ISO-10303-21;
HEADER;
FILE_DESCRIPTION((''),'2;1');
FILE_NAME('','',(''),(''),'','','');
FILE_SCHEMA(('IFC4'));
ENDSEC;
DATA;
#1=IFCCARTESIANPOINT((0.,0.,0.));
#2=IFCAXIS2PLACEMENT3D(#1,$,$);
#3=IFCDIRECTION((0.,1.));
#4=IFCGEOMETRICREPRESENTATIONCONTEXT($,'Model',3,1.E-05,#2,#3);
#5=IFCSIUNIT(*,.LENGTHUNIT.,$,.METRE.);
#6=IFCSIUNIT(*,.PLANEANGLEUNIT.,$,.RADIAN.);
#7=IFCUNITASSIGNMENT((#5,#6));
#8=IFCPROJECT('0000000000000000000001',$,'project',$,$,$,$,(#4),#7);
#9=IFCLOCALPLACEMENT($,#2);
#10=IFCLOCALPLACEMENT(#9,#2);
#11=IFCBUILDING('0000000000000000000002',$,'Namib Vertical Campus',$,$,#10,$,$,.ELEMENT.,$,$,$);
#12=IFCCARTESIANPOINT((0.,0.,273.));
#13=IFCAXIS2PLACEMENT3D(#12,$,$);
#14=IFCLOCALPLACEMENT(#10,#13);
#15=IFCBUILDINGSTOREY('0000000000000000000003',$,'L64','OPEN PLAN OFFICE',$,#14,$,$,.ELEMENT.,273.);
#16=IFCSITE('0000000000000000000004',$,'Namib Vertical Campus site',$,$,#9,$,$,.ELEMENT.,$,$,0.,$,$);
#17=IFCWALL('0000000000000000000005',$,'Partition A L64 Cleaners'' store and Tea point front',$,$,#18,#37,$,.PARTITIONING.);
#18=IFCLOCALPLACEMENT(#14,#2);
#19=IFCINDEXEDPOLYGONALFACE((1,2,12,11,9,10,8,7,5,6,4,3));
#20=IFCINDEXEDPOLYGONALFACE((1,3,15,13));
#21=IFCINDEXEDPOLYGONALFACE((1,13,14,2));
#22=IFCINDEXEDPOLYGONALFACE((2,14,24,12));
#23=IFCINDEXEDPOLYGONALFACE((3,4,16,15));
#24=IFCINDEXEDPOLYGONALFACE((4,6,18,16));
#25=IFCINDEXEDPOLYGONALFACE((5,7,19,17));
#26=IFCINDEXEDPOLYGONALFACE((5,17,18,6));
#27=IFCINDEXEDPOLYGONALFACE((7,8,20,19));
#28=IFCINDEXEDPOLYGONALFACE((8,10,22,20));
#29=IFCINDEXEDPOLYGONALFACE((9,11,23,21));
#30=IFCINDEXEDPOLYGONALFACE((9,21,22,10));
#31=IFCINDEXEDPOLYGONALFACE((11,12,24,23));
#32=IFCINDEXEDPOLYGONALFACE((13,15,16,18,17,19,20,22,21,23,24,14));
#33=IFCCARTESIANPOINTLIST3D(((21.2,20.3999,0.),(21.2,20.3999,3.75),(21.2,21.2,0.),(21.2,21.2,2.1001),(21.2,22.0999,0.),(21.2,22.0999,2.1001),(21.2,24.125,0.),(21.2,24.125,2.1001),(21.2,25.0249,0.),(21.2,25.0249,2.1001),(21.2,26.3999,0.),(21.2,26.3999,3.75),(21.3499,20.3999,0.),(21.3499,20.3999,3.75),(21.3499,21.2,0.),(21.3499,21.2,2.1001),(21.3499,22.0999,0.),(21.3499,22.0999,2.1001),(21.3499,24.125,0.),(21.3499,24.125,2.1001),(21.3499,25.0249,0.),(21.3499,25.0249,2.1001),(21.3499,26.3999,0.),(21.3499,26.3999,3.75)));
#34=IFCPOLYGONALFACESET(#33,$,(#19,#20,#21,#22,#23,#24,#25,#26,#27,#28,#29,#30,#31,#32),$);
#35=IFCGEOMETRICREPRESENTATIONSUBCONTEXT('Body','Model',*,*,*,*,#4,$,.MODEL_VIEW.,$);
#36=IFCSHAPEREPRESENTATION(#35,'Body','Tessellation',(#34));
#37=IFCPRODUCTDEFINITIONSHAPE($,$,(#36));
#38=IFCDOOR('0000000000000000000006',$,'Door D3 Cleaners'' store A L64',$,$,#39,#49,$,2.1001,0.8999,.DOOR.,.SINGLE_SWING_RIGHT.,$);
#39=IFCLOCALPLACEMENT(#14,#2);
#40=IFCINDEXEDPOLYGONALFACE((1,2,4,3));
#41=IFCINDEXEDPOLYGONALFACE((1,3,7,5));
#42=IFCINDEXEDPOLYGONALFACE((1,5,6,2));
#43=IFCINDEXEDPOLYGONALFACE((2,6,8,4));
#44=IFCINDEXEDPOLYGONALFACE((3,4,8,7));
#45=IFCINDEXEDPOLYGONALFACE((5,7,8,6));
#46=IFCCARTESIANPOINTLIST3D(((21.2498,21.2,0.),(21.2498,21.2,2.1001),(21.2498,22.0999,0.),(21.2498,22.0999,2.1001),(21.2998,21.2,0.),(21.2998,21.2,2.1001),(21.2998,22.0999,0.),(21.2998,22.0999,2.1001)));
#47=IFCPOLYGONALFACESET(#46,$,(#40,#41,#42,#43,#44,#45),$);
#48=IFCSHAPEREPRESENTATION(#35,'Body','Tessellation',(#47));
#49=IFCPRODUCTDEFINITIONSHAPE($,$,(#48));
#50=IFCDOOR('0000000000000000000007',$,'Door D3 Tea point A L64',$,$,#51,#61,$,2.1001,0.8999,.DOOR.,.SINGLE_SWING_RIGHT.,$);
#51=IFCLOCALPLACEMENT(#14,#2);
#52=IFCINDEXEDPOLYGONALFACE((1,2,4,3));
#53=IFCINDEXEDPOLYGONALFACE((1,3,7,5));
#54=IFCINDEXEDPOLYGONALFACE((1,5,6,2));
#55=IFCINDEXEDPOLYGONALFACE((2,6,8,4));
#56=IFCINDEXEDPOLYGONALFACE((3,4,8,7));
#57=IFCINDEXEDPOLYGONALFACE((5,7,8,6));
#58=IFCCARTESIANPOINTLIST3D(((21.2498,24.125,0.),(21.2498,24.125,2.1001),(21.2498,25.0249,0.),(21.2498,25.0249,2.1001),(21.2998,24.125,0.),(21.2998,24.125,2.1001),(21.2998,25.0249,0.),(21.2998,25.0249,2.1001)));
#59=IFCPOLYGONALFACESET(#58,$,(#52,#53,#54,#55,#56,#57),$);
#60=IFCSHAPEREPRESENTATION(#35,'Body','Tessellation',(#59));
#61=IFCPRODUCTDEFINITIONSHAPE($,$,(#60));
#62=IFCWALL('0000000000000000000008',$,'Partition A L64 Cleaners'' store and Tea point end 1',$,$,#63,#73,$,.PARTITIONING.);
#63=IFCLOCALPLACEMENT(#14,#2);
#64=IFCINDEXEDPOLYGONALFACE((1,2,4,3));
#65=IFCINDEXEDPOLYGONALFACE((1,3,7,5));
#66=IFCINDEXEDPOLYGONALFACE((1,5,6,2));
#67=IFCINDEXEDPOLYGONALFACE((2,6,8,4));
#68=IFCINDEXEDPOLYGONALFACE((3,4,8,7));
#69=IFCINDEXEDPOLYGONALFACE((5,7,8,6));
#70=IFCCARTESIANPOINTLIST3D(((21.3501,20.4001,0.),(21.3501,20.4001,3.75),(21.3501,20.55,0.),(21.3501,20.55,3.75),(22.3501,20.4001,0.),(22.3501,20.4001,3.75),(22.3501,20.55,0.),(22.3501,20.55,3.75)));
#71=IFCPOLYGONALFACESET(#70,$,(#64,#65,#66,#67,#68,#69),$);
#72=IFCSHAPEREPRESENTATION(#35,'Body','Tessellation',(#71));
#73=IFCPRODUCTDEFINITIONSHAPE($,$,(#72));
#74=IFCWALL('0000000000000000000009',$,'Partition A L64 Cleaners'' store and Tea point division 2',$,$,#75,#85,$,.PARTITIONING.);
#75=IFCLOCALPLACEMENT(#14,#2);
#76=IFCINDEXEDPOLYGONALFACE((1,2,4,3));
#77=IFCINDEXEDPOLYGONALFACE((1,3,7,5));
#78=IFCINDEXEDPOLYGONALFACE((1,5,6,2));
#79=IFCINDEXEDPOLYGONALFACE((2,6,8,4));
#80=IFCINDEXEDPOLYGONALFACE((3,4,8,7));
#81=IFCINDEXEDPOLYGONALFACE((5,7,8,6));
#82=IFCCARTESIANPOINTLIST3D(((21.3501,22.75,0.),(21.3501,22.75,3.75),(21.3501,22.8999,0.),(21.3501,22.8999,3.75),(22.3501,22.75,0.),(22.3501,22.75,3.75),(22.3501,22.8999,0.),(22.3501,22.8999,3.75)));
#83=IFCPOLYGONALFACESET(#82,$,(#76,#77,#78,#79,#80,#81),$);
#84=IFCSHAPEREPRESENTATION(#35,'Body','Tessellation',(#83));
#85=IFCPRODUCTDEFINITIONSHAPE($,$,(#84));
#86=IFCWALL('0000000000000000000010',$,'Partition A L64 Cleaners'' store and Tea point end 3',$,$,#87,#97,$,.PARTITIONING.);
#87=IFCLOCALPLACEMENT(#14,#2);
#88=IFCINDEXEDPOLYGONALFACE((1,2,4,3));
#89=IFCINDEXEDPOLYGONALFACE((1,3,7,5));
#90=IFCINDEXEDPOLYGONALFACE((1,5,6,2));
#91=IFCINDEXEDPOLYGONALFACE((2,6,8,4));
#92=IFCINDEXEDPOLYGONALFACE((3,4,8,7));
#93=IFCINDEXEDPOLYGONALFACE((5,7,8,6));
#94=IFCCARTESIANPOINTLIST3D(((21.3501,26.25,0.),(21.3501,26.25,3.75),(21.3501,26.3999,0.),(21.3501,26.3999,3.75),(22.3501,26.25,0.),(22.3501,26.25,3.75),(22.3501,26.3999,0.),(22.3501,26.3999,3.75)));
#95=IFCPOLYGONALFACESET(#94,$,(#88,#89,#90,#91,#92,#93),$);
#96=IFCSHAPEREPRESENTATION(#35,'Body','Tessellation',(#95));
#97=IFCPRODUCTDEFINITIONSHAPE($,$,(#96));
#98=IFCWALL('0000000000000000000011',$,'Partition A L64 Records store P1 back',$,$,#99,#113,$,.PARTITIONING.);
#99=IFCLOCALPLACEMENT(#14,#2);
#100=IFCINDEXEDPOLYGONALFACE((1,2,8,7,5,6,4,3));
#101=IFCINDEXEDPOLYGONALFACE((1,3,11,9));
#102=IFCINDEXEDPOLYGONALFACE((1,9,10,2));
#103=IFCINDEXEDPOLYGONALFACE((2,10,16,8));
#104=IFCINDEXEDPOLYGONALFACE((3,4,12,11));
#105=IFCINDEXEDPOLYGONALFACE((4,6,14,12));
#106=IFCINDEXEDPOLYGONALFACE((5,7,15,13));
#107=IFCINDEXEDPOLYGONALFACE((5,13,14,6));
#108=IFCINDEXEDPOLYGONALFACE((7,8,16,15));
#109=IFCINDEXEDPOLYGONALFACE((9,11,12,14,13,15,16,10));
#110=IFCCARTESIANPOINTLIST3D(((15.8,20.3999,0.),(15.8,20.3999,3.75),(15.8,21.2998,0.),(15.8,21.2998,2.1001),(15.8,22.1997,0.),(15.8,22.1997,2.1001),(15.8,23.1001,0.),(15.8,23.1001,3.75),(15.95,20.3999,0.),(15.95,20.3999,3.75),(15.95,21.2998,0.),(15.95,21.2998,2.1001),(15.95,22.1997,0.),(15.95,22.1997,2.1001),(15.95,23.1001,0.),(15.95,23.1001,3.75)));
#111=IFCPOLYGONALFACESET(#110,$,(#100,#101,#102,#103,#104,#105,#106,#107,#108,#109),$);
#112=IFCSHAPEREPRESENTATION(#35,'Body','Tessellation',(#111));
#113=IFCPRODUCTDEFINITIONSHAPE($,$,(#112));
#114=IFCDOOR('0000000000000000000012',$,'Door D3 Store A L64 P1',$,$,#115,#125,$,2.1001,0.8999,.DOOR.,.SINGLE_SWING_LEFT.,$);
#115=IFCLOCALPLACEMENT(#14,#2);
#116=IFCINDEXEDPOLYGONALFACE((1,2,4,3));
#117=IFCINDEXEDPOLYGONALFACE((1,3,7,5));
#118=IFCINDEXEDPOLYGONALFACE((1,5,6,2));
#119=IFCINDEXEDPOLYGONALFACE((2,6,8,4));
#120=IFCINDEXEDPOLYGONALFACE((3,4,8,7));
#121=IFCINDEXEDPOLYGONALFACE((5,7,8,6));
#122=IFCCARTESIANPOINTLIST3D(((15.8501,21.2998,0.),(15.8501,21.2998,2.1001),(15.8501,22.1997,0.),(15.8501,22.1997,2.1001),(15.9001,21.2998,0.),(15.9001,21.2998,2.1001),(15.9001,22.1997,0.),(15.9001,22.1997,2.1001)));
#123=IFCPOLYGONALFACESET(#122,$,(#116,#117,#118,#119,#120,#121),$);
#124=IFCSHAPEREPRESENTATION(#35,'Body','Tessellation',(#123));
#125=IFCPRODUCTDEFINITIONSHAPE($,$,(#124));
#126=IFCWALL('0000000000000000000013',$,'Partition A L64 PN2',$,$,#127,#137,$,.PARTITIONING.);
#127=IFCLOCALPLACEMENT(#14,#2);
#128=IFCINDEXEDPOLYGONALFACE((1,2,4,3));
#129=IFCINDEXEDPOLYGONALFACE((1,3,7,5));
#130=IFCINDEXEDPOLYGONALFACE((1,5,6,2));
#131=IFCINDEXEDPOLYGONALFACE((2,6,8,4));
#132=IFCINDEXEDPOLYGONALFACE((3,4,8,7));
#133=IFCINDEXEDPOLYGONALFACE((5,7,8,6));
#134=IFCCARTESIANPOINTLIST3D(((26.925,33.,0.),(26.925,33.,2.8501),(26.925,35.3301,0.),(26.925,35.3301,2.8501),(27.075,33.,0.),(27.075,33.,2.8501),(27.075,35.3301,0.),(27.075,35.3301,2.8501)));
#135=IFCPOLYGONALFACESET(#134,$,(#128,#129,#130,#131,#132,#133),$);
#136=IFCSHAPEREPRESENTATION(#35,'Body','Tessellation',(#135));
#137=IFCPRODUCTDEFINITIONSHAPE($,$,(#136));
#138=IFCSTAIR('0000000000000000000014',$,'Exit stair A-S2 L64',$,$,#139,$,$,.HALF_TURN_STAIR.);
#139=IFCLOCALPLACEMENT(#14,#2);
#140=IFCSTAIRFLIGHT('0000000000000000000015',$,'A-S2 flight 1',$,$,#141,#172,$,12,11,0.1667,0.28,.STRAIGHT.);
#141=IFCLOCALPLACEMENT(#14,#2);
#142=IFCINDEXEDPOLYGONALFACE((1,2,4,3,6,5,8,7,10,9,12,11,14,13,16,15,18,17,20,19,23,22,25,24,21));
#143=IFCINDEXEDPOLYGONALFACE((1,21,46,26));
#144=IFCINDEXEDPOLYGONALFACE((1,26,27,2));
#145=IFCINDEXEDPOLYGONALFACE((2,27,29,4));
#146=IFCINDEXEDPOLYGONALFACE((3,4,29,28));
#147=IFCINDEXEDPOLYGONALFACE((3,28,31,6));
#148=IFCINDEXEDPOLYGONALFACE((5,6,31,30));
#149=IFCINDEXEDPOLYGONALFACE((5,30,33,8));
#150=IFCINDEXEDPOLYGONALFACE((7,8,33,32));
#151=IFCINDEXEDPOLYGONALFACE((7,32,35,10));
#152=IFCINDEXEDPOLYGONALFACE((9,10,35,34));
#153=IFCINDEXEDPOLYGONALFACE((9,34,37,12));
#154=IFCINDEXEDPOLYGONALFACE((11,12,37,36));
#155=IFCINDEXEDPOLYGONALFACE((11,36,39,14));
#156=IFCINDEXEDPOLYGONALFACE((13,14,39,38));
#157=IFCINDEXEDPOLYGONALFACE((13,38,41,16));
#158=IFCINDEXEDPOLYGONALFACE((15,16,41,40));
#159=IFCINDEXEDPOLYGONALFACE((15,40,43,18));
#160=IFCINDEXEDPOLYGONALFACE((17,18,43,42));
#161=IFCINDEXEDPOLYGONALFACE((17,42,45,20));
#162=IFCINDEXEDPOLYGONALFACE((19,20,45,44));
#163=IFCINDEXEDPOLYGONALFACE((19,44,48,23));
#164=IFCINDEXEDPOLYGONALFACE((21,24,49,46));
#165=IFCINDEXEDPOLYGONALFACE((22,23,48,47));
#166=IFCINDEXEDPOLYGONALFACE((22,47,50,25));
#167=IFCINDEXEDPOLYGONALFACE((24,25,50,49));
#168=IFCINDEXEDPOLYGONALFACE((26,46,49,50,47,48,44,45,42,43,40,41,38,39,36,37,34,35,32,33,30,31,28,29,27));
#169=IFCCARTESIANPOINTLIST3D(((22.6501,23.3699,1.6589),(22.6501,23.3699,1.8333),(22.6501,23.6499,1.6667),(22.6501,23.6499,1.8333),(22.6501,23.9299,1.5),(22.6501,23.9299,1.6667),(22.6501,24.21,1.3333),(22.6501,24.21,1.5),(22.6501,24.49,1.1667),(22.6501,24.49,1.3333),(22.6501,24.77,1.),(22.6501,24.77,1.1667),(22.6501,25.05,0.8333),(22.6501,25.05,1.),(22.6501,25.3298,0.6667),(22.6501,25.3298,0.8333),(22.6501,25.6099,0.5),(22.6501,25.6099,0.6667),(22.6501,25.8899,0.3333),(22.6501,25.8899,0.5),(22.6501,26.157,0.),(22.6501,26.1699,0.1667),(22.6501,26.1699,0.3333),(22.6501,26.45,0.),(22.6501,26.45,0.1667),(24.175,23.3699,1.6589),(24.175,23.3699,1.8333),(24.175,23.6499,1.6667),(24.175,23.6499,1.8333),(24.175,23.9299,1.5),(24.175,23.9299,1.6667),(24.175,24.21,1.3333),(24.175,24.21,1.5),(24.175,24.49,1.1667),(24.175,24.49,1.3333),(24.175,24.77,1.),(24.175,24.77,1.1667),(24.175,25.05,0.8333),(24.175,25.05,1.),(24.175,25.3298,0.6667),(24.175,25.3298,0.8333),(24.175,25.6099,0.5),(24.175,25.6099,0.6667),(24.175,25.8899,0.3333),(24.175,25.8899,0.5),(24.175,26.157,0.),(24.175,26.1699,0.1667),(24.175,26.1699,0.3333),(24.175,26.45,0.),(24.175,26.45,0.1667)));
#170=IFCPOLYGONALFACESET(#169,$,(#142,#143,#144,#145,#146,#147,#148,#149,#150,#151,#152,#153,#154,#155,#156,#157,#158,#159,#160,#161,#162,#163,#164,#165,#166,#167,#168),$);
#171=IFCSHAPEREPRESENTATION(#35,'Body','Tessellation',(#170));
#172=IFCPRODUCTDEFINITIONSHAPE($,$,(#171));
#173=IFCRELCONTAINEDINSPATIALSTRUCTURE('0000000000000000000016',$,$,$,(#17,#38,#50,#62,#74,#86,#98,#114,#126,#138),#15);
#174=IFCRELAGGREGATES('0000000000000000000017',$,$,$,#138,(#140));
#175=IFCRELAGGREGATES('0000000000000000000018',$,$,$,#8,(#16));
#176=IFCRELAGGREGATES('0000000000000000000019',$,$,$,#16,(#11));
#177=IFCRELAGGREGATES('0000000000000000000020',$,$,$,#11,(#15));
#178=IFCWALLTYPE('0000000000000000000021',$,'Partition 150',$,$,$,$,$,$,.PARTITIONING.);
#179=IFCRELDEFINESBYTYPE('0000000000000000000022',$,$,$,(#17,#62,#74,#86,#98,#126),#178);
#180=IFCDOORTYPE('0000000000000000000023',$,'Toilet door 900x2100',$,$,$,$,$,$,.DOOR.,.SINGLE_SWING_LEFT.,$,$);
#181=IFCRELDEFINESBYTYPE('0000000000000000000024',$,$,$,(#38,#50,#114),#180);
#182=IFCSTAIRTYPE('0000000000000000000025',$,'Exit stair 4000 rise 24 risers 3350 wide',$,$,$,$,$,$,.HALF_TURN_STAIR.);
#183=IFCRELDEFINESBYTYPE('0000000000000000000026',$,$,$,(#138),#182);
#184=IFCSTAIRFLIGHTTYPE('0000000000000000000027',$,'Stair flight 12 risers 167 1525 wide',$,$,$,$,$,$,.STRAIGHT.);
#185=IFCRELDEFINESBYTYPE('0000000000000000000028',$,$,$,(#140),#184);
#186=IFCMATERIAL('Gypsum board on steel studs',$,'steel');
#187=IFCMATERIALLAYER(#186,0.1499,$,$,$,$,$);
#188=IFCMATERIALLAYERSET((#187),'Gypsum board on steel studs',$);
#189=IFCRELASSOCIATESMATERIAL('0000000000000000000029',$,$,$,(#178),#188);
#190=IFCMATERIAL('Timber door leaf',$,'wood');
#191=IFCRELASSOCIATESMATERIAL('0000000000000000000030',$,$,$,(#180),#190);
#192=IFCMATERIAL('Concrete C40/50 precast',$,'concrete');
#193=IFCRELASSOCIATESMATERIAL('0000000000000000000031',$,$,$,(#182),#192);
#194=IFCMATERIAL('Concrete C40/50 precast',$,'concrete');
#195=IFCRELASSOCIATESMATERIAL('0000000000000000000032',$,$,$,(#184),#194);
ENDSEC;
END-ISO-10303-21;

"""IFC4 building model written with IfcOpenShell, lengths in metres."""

from ifc_helpers import new_model, si_unit, direction, frame, frame_2d, origin, place, context, subcontext, project, spatial, polyline, rectangle, outline, extrude, material, layer, layer_set, type_object, element, fill, aggregate, save


model = new_model("IFC4")

# Units and contexts
model_context = context("Model", 3, precision=1e-05, world=origin(), true_north=direction((0.0, 1.0)))
body_context = subcontext(model_context, "Body", "Model", "MODEL_VIEW")
ifc_project = project(units=[si_unit("LENGTHUNIT", "METRE"), si_unit("PLANEANGLEUNIT", "RADIAN")], contexts=[model_context])

# Site, building, storey
site_placement = place(None, origin())
site = spatial("IfcSite", under=ifc_project, at=site_placement, Name="Namib Vertical Campus site", CompositionType="ELEMENT", RefElevation=0.0)
building_placement = place(site_placement, origin())
building = spatial("IfcBuilding", under=site, at=building_placement, Name="Namib Vertical Campus", CompositionType="ELEMENT")
storey_placement = place(building_placement, frame((0.0, 0.0, 273.0)))
storey = spatial("IfcBuildingStorey", under=building, at=storey_placement, Name="L64", Description="OPEN PLAN OFFICE", CompositionType="ELEMENT", Elevation=273.0)

# Wall, openings, doors
ifc_material_1 = material(Name="Gypsum board on steel studs", Category="steel")
ifc_layer_1 = layer(ifc_material_1, 0.1499)
ifc_layer_set_1 = layer_set([ifc_layer_1], Name="Gypsum board on steel studs")
wall_type_1 = type_object("IfcWallType", Name="Partition 150", PredefinedType="PARTITIONING", material=ifc_layer_set_1)
wall_1_placement = place(storey_placement, frame((21.2749, 20.3999, 0.0), z_axis=(0.0, 0.0, 1.0), x_axis=(0.0, 1.0, 0.0)))
wall_1 = element("IfcWall", 1, at=wall_1_placement, inside=storey, type_object=wall_type_1, Name="Partition A L64 Cleaners' store and Tea point front", PredefinedType="PARTITIONING", context=body_context, shape_type="SweptSolid", body=[
    extrude(rectangle(XDim=6.0, YDim=0.1499, at=frame_2d((3.0, 0.0))), origin(), (0.0, 0.0, 1.0), 3.75),
])
opening_1_placement = place(wall_1_placement, frame((0.8, 0.0, 0.0)))
opening_1 = element("IfcOpeningElement", 2, at=opening_1_placement, cuts=wall_1, PredefinedType="OPENING", context=body_context, shape_type="SweptSolid", body=[
    extrude(rectangle(XDim=0.8999, YDim=2.1001, at=frame_2d((0.45, 1.05))), frame((0.0, 0.085, 0.0), z_axis=(0.0, -1.0, 0.0), x_axis=(1.0, 0.0, 0.0)), (0.0, 0.0, 1.0), 0.1699),
])
opening_2_placement = place(wall_1_placement, frame((3.7251, 0.0, 0.0)))
opening_2 = element("IfcOpeningElement", 3, at=opening_2_placement, cuts=wall_1, PredefinedType="OPENING", context=body_context, shape_type="SweptSolid", body=[
    extrude(rectangle(XDim=0.8999, YDim=2.1001, at=frame_2d((0.45, 1.05))), frame((0.0, 0.085, 0.0), z_axis=(0.0, -1.0, 0.0), x_axis=(1.0, 0.0, 0.0)), (0.0, 0.0, 1.0), 0.1699),
])
ifc_material_2 = material(Name="Timber door leaf", Category="wood")
door_type_1 = type_object("IfcDoorType", Name="Toilet door 900x2100", OperationType="SINGLE_SWING_LEFT", PredefinedType="DOOR", material=ifc_material_2)
door_1_placement = place(opening_1_placement, frame((0.8999, 0.0, 0.0), z_axis=(0.0, 0.0, 1.0), x_axis=(-1.0, 0.0, 0.0)))
door_1 = element("IfcDoor", 4, at=door_1_placement, inside=storey, type_object=door_type_1, Name="Door D3 Cleaners' store A L64", OperationType="SINGLE_SWING_RIGHT", OverallHeight=2.1001, OverallWidth=0.8999, PredefinedType="DOOR", context=body_context, shape_type="SweptSolid", body=[
    extrude(rectangle(XDim=0.8999, YDim=2.1001, at=frame_2d((0.45, 1.05))), frame((0.0, 0.0249, 0.0), z_axis=(0.0, -1.0, 0.0), x_axis=(1.0, 0.0, 0.0)), (0.0, 0.0, 1.0), 0.05),
])
fill(opening_1, door_1)
door_2_placement = place(opening_2_placement, frame((0.8999, 0.0, 0.0), z_axis=(0.0, 0.0, 1.0), x_axis=(-1.0, 0.0, 0.0)))
door_2 = element("IfcDoor", 5, at=door_2_placement, inside=storey, type_object=door_type_1, Name="Door D3 Tea point A L64", OperationType="SINGLE_SWING_RIGHT", OverallHeight=2.1001, OverallWidth=0.8999, PredefinedType="DOOR", context=body_context, shape_type="SweptSolid", body=[
    extrude(rectangle(XDim=0.8999, YDim=2.1001, at=frame_2d((0.45, 1.05))), frame((0.0, 0.0249, 0.0), z_axis=(0.0, -1.0, 0.0), x_axis=(1.0, 0.0, 0.0)), (0.0, 0.0, 1.0), 0.05),
])
fill(opening_2, door_2)

# Walls
for number, where, z_axis, x_axis, name in (
    (6, (21.3501, 20.4751, 0.0), (0.0, 0.0, 1.0), (1.0, 0.0, 0.0), "Partition A L64 Cleaners' store and Tea point end 1"),
    (7, (21.3501, 22.825, 0.0), (0.0, 0.0, 1.0), (1.0, 0.0, 0.0), "Partition A L64 Cleaners' store and Tea point division 2"),
    (8, (21.3501, 26.325, 0.0), (0.0, 0.0, 1.0), (1.0, 0.0, 0.0), "Partition A L64 Cleaners' store and Tea point end 3"),
):
    element("IfcWall", number, at=place(storey_placement, frame(where, z_axis=z_axis, x_axis=x_axis)), inside=storey, type_object=wall_type_1, Name=name, PredefinedType="PARTITIONING", context=body_context, shape_type="SweptSolid", body=[
        extrude(rectangle(XDim=1.0, YDim=0.1499, at=frame_2d((0.5, 0.0))), origin(), (0.0, 0.0, 1.0), 3.75),
    ])

# Wall, opening, door
wall_2_placement = place(storey_placement, frame((15.875, 20.3999, 0.0), z_axis=(0.0, 0.0, 1.0), x_axis=(0.0, 1.0, 0.0)))
wall_2 = element("IfcWall", 9, at=wall_2_placement, inside=storey, type_object=wall_type_1, Name="Partition A L64 Records store P1 back", PredefinedType="PARTITIONING", context=body_context, shape_type="SweptSolid", body=[
    extrude(rectangle(XDim=2.7002, YDim=0.1499, at=frame_2d((1.3501, 0.0))), origin(), (0.0, 0.0, 1.0), 3.75),
])
opening_3_placement = place(wall_2_placement, frame((0.8999, 0.0, 0.0)))
opening_3 = element("IfcOpeningElement", 10, at=opening_3_placement, cuts=wall_2, PredefinedType="OPENING", context=body_context, shape_type="SweptSolid", body=[
    extrude(rectangle(XDim=0.8999, YDim=2.1001, at=frame_2d((0.45, 1.05))), frame((0.0, 0.085, 0.0), z_axis=(0.0, -1.0, 0.0), x_axis=(1.0, 0.0, 0.0)), (0.0, 0.0, 1.0), 0.1699),
])
door_3_placement = place(opening_3_placement, origin())
door_3 = element("IfcDoor", 11, at=door_3_placement, inside=storey, type_object=door_type_1, Name="Door D3 Store A L64 P1", OperationType="SINGLE_SWING_LEFT", OverallHeight=2.1001, OverallWidth=0.8999, PredefinedType="DOOR", context=body_context, shape_type="SweptSolid", body=[
    extrude(rectangle(XDim=0.8999, YDim=2.1001, at=frame_2d((0.45, 1.05))), frame((0.0, 0.0249, 0.0), z_axis=(0.0, -1.0, 0.0), x_axis=(1.0, 0.0, 0.0)), (0.0, 0.0, 1.0), 0.05),
])
fill(opening_3, door_3)

# Wall
wall_3_placement = place(storey_placement, frame((27.0, 33.0, 0.0), z_axis=(0.0, 0.0, 1.0), x_axis=(0.0, 1.0, 0.0)))
element("IfcWall", 12, at=wall_3_placement, inside=storey, type_object=wall_type_1, Name="Partition A L64 PN2", PredefinedType="PARTITIONING", context=body_context, shape_type="SweptSolid", body=[
    extrude(rectangle(XDim=2.3301, YDim=0.1499, at=frame_2d((1.165, 0.0))), origin(), (0.0, 0.0, 1.0), 2.8501),
])

# Stair, stair flight
ifc_material_3 = material(Name="Concrete C40/50 precast", Category="concrete")
stair_type = type_object("IfcStairType", Name="Exit stair 4000 rise 24 risers 3350 wide", PredefinedType="HALF_TURN_STAIR", material=ifc_material_3)
stair_placement = place(storey_placement, origin())
stair = element("IfcStair", 13, at=stair_placement, inside=storey, type_object=stair_type, Name="Exit stair A-S2 L64", PredefinedType="HALF_TURN_STAIR")
ifc_material_4 = material(Name="Concrete C40/50 precast", Category="concrete")
stair_flight_type = type_object("IfcStairFlightType", Name="Stair flight 12 risers 167 1525 wide", PredefinedType="STRAIGHT", material=ifc_material_4)
stair_flight_1_placement = place(storey_placement, frame((23.4126, 26.45, 0.0), z_axis=(0.0, 0.0, 1.0), x_axis=(0.0, -1.0, 0.0)))
stair_flight_1 = element("IfcStairFlight", 14, at=stair_flight_1_placement, type_object=stair_flight_type, Name="A-S2 flight 1", NumberOfRisers=12, NumberOfTreads=11, PredefinedType="STRAIGHT", RiserHeight=0.1667, TreadLength=0.28, context=body_context, shape_type="SweptSolid", body=[
    extrude(outline(polyline([(0.0, 0.0), (0.0, 0.1667), (0.28, 0.1667), (0.28, 0.3333), (0.5601, 0.3333), (0.5601, 0.5), (0.8401, 0.5), (0.8401, 0.6667), (1.1201, 0.6667), (1.1201, 0.8333), (1.3999, 0.8333), (1.3999, 1.0), (1.6799, 1.0), (1.6799, 1.1667), (1.96, 1.1667), (1.96, 1.3333), (2.24, 1.3333), (2.24, 1.5), (2.52, 1.5), (2.52, 1.6667), (2.8, 1.6667), (2.8, 1.8333), (3.0801, 1.8333), (3.0801, 2.0), (3.0801, 1.6589), (0.293, 0.0), (0.0, 0.0)])), frame((0.0, 0.7625, 0.0), z_axis=(0.0, -1.0, 0.0), x_axis=(1.0, 0.0, 0.0)), (0.0, 0.0, 1.0), 1.5249),
])
aggregate(stair, [stair_flight_1])

save(model, "model.ifc")
